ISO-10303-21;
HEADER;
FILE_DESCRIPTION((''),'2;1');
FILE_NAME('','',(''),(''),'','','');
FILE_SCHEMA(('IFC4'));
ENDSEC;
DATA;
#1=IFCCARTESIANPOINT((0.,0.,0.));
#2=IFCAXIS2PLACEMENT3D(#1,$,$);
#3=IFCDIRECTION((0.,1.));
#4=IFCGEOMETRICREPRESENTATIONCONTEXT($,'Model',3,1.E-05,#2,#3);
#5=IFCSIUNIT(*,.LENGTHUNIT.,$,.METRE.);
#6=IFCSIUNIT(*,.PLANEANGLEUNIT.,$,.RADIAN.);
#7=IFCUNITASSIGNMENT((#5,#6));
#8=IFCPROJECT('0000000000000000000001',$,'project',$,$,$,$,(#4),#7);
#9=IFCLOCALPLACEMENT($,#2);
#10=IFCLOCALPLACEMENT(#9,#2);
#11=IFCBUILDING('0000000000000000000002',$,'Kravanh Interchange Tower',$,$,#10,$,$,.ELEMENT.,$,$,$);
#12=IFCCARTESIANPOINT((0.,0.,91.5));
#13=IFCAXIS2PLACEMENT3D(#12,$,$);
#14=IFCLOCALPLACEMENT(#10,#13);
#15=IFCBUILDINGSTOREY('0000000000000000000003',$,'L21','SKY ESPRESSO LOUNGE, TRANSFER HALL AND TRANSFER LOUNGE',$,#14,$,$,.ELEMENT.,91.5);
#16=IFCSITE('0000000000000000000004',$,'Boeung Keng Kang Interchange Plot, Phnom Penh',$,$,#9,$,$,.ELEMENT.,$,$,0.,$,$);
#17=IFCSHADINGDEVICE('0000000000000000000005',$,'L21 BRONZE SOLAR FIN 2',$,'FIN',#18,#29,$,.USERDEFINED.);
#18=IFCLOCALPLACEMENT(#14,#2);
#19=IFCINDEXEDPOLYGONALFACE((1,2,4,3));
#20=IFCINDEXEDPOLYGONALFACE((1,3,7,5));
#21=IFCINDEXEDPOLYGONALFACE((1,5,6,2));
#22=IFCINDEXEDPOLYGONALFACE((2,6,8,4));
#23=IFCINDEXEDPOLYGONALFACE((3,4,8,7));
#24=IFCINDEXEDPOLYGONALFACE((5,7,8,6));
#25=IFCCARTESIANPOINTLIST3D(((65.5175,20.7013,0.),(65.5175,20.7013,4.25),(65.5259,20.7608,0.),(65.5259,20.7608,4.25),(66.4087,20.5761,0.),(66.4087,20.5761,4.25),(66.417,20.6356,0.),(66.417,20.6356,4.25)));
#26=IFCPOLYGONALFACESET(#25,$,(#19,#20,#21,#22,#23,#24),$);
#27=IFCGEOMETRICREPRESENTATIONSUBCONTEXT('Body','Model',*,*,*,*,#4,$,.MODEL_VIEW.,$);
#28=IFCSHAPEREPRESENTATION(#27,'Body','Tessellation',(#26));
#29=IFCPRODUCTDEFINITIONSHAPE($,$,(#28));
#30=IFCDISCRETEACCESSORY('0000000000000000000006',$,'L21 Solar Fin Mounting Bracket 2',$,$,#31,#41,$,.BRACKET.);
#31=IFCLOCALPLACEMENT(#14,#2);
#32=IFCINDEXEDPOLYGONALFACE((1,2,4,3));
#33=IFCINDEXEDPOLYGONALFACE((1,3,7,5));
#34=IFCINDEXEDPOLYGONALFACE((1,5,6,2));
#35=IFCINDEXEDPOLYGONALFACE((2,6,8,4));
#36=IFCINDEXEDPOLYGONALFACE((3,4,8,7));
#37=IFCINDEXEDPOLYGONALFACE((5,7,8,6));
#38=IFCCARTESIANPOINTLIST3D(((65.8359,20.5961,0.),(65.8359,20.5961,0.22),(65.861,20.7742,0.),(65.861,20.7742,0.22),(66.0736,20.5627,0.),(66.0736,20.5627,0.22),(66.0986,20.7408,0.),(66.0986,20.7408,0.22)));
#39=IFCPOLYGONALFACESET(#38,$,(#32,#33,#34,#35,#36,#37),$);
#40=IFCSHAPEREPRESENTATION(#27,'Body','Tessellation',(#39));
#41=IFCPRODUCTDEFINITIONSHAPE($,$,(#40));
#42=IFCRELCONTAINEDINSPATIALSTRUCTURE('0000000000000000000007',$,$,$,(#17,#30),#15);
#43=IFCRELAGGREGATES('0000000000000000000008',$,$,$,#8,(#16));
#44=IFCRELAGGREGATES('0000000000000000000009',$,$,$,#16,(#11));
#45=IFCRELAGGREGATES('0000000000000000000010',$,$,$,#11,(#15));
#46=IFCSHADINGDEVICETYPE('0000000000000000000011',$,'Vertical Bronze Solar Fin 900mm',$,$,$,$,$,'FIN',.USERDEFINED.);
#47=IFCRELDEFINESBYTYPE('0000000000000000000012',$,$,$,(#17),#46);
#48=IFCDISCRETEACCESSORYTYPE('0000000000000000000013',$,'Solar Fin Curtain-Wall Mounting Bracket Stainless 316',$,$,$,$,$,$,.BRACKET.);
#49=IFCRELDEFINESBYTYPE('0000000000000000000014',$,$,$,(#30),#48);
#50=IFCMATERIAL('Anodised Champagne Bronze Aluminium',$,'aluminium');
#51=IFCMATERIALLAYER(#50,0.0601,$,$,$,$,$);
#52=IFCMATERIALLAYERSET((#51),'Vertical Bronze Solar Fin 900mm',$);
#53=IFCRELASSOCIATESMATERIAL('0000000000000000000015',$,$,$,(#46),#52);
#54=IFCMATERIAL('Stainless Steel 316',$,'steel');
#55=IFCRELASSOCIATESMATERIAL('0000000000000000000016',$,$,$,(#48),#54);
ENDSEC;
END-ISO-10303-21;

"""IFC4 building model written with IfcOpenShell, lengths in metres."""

from ifc_helpers import new_model, si_unit, direction, frame, origin, origin_2d, place, context, subcontext, project, spatial, rectangle, extrude, material, layer, layer_set, type_object, element, save


model = new_model("IFC4")

# Units and contexts
model_context = context("Model", 3, precision=1e-05, world=origin(), true_north=direction((0.0, 1.0)))
body_context = subcontext(model_context, "Body", "Model", "MODEL_VIEW")
ifc_project = project(units=[si_unit("LENGTHUNIT", "METRE"), si_unit("PLANEANGLEUNIT", "RADIAN")], contexts=[model_context])

# Site, building, storey
site_placement = place(None, origin())
site = spatial("IfcSite", under=ifc_project, at=site_placement, Name="Boeung Keng Kang Interchange Plot, Phnom Penh", CompositionType="ELEMENT", RefElevation=0.0)
building_placement = place(site_placement, origin())
building = spatial("IfcBuilding", under=site, at=building_placement, Name="Kravanh Interchange Tower", CompositionType="ELEMENT")
storey_placement = place(building_placement, frame((0.0, 0.0, 91.5)))
storey = spatial("IfcBuildingStorey", under=building, at=storey_placement, Name="L21", Description="SKY ESPRESSO LOUNGE, TRANSFER HALL AND TRANSFER LOUNGE", CompositionType="ELEMENT", Elevation=91.5)

# Shading device
ifc_material_1 = material(Name="Anodised Champagne Bronze Aluminium", Category="aluminium")
ifc_layer_1 = layer(ifc_material_1, 0.0601)
ifc_layer_set_1 = layer_set([ifc_layer_1], Name="Vertical Bronze Solar Fin 900mm")
shading_device_type = type_object("IfcShadingDeviceType", Name="Vertical Bronze Solar Fin 900mm", ElementType="FIN", PredefinedType="USERDEFINED", material=ifc_layer_set_1)
shading_device_placement = place(storey_placement, frame((65.9673, 20.6685, 0.0), z_axis=(0.0, 0.0, 1.0), x_axis=(0.990268, -0.139175, 0.0)))
element("IfcShadingDevice", 1, at=shading_device_placement, inside=storey, type_object=shading_device_type, Name="L21 BRONZE SOLAR FIN 2", ObjectType="FIN", PredefinedType="USERDEFINED", context=body_context, shape_type="SweptSolid", body=[
    extrude(rectangle(XDim=0.8999, YDim=0.0601, at=origin_2d()), origin(), (0.0, 0.0, 1.0), 4.25),
])

# Discrete accessory
ifc_material_2 = material(Name="Stainless Steel 316", Category="steel")
discrete_accessory_type = type_object("IfcDiscreteAccessoryType", Name="Solar Fin Curtain-Wall Mounting Bracket Stainless 316", PredefinedType="BRACKET", material=ifc_material_2)
discrete_accessory_placement = place(storey_placement, frame((65.9673, 20.6685, 0.0), z_axis=(0.0, 0.0, 1.0), x_axis=(0.990268, -0.139175, 0.0)))
element("IfcDiscreteAccessory", 2, at=discrete_accessory_placement, inside=storey, type_object=discrete_accessory_type, Name="L21 Solar Fin Mounting Bracket 2", PredefinedType="BRACKET", context=body_context, shape_type="SweptSolid", body=[
    extrude(rectangle(XDim=0.24, YDim=0.1799, at=origin_2d()), origin(), (0.0, 0.0, 1.0), 0.22),
])

save(model, "model.ifc")
